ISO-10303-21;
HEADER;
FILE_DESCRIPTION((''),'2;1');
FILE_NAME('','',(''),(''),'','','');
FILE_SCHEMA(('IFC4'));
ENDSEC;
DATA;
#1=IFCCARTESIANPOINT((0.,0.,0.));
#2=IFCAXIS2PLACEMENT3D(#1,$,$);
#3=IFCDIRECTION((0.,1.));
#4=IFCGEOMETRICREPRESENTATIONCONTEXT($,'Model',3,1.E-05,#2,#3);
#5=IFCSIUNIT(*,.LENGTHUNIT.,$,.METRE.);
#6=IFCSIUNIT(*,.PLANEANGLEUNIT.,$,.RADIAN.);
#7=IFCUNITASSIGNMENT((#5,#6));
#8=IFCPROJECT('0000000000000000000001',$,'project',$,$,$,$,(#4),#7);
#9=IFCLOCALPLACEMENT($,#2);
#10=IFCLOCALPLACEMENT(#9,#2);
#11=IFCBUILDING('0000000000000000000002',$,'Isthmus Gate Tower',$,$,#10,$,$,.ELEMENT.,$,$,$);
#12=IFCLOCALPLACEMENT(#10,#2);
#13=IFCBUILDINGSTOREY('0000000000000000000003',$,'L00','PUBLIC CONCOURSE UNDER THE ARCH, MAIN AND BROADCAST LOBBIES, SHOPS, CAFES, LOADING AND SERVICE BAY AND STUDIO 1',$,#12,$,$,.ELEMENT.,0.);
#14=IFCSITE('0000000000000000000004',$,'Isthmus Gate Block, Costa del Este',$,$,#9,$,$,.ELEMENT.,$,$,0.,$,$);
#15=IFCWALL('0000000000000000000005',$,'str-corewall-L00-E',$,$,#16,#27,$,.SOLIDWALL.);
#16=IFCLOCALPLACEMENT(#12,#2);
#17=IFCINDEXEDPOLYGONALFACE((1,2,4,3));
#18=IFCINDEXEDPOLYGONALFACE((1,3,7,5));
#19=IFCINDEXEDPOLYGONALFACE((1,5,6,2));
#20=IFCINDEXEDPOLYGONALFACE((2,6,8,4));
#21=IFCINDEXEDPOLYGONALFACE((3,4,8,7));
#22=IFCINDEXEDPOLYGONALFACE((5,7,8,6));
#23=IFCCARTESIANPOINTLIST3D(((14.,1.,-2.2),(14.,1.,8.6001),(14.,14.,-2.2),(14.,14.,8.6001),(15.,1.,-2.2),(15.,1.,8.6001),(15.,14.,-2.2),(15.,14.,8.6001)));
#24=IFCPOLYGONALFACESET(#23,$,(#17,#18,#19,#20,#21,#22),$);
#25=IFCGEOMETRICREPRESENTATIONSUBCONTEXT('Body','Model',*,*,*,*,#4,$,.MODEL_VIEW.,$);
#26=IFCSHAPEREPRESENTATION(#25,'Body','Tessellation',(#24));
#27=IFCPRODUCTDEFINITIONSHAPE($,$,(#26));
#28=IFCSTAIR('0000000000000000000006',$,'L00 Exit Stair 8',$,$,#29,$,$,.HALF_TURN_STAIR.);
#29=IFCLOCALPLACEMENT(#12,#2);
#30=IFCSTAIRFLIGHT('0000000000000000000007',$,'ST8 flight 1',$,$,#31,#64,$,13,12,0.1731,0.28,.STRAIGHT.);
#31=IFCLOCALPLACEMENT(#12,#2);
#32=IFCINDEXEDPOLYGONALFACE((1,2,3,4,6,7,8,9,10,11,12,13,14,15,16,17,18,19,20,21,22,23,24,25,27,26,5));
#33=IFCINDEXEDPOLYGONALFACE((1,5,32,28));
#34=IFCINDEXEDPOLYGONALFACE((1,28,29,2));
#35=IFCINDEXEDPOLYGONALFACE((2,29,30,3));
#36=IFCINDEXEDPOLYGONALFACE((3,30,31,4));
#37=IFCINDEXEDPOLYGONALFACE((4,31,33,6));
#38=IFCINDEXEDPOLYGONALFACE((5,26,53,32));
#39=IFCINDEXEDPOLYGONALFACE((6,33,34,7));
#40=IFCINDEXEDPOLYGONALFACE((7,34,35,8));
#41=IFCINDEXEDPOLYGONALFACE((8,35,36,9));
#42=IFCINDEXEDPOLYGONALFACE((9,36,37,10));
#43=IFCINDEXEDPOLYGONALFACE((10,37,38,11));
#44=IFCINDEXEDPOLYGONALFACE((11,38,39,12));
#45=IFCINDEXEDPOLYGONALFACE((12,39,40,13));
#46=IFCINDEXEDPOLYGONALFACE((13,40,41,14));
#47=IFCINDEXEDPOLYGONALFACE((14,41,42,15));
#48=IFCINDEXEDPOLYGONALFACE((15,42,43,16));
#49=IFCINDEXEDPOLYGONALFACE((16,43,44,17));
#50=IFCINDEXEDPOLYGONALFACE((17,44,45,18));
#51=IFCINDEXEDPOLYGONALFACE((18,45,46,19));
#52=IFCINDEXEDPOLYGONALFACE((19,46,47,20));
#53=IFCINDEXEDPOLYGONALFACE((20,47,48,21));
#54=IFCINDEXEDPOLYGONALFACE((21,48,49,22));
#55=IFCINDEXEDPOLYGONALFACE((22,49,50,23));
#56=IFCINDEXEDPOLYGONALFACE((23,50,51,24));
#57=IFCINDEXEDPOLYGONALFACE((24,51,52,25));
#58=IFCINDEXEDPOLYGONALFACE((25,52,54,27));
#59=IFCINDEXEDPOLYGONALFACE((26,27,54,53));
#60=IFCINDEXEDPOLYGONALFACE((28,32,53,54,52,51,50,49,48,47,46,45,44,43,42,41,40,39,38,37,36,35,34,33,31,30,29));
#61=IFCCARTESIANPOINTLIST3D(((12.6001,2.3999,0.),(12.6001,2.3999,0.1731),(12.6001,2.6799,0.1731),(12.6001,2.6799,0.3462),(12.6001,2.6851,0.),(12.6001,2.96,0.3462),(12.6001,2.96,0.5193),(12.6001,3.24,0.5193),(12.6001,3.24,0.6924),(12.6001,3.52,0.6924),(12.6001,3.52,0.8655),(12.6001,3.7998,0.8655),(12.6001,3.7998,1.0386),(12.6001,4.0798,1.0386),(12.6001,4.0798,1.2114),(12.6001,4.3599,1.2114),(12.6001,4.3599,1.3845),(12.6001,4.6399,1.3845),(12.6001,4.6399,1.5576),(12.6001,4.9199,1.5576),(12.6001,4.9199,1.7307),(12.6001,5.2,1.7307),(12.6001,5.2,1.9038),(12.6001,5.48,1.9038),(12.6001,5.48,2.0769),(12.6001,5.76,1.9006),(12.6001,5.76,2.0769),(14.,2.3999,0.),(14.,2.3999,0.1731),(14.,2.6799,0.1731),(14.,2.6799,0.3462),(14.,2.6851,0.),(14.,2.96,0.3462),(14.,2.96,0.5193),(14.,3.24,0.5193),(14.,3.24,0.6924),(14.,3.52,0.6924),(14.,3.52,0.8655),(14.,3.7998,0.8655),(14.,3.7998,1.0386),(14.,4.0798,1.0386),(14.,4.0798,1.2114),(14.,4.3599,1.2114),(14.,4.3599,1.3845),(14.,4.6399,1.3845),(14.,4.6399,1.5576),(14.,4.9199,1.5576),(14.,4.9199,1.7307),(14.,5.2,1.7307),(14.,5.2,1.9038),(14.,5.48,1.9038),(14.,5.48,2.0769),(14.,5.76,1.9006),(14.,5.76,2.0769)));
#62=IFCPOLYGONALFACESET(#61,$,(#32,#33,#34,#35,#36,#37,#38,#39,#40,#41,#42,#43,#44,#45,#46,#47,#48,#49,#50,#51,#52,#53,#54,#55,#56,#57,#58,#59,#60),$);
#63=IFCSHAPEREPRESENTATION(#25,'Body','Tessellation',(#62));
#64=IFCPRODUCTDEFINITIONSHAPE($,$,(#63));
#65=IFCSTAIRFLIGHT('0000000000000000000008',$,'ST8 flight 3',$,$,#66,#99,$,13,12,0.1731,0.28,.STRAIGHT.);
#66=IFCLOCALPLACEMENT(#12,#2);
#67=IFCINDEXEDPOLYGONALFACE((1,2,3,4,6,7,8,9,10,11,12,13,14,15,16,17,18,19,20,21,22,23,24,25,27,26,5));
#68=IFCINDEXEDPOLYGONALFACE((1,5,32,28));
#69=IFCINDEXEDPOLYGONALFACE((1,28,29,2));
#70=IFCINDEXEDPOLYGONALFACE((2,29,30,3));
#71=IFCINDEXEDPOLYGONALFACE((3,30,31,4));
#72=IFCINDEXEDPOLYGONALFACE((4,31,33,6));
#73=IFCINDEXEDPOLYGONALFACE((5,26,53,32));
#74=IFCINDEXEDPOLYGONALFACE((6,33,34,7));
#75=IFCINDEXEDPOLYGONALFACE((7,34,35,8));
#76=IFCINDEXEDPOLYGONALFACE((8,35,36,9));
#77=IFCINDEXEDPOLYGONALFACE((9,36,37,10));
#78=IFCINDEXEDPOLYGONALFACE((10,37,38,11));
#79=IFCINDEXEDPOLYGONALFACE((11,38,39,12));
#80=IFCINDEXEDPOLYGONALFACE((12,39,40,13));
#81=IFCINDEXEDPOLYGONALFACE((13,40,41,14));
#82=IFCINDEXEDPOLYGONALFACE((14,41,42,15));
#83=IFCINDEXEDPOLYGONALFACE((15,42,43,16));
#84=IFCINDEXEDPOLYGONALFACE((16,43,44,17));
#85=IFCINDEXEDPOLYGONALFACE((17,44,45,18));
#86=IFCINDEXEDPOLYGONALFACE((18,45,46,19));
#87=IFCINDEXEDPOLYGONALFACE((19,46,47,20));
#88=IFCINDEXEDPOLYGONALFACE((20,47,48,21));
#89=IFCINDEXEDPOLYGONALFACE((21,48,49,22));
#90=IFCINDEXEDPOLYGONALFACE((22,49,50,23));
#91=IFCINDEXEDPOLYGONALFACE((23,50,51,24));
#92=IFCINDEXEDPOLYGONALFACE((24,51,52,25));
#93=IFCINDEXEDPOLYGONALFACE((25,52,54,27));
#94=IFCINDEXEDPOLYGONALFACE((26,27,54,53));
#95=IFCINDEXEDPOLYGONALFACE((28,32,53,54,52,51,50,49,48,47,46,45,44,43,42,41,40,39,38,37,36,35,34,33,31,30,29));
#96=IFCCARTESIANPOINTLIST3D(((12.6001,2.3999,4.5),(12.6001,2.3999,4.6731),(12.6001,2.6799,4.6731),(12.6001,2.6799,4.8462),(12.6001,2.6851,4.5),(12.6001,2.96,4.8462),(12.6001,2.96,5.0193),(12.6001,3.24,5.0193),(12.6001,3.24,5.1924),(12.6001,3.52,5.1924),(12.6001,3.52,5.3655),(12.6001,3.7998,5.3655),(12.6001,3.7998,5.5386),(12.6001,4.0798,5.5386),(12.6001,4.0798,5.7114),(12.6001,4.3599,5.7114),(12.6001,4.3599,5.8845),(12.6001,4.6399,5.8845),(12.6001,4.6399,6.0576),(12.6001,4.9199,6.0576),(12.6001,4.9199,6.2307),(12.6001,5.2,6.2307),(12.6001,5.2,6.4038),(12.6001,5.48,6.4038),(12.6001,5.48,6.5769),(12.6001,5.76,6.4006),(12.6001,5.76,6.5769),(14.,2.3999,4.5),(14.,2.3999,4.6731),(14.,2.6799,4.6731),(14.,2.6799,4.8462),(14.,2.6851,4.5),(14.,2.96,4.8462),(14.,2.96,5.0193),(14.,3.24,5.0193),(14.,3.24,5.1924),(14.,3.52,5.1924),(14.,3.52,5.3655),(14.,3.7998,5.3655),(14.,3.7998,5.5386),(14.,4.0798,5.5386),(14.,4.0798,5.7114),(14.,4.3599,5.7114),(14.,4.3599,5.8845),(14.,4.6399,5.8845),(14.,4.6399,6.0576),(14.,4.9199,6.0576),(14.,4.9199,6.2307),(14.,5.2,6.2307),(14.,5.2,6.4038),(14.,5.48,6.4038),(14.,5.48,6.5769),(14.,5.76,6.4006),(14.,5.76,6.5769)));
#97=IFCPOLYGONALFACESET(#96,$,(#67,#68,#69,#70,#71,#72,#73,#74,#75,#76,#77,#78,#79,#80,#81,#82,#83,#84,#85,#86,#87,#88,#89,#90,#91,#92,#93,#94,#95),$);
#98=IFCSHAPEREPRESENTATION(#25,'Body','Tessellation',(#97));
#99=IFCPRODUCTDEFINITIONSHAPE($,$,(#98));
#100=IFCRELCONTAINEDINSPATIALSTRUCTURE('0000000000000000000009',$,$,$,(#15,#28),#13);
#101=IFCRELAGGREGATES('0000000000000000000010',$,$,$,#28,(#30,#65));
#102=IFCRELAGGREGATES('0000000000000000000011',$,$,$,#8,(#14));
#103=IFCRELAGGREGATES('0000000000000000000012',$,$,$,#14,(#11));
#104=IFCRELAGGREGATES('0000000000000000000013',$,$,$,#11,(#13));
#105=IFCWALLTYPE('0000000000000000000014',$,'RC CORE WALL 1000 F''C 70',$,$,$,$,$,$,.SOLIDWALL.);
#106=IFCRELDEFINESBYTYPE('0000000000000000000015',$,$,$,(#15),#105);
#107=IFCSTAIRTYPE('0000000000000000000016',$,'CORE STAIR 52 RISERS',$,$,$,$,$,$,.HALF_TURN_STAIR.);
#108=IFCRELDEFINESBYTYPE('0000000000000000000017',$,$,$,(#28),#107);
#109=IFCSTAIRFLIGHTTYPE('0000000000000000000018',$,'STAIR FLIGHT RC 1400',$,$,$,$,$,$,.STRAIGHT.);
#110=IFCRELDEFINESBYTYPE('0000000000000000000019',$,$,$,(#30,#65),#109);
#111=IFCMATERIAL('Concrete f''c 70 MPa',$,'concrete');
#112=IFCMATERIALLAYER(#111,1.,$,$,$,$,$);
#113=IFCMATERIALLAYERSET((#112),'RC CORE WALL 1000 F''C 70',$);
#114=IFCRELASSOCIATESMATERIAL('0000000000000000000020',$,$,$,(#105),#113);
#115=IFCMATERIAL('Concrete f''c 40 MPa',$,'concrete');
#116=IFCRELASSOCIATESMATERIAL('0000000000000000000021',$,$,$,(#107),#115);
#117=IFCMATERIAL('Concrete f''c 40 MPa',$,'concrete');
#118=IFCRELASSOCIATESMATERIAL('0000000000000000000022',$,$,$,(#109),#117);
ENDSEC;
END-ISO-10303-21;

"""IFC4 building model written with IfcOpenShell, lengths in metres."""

from ifc_helpers import new_model, si_unit, direction, frame, frame_2d, origin, place, context, subcontext, project, spatial, polyline, rectangle, outline, extrude, material, layer, layer_set, type_object, element, aggregate, save


model = new_model("IFC4")

# Units and contexts
model_context = context("Model", 3, precision=1e-05, world=origin(), true_north=direction((0.0, 1.0)))
body_context = subcontext(model_context, "Body", "Model", "MODEL_VIEW")
ifc_project = project(units=[si_unit("LENGTHUNIT", "METRE"), si_unit("PLANEANGLEUNIT", "RADIAN")], contexts=[model_context])

# Site, building, storey
site_placement = place(None, origin())
site = spatial("IfcSite", under=ifc_project, at=site_placement, Name="Isthmus Gate Block, Costa del Este", CompositionType="ELEMENT", RefElevation=0.0)
building_placement = place(site_placement, origin())
building = spatial("IfcBuilding", under=site, at=building_placement, Name="Isthmus Gate Tower", CompositionType="ELEMENT")
storey_placement = place(building_placement, origin())
storey = spatial("IfcBuildingStorey", under=building, at=storey_placement, Name="L00", Description="PUBLIC CONCOURSE UNDER THE ARCH, MAIN AND BROADCAST LOBBIES, SHOPS, CAFES, LOADING AND SERVICE BAY AND STUDIO 1", CompositionType="ELEMENT", Elevation=0.0)

# Wall
ifc_material_1 = material(Name="Concrete f'c 70 MPa", Category="concrete")
ifc_layer_1 = layer(ifc_material_1, 1.0)
ifc_layer_set_1 = layer_set([ifc_layer_1], Name="RC CORE WALL 1000 F'C 70")
wall_type_1 = type_object("IfcWallType", Name="RC CORE WALL 1000 F'C 70", PredefinedType="SOLIDWALL", material=ifc_layer_set_1)
wall_1_placement = place(storey_placement, frame((14.5, 1.0, -2.2), z_axis=(0.0, 0.0, 1.0), x_axis=(0.0, 1.0, 0.0)))
element("IfcWall", 1, at=wall_1_placement, inside=storey, type_object=wall_type_1, Name="str-corewall-L00-E", PredefinedType="SOLIDWALL", context=body_context, shape_type="SweptSolid", body=[
    extrude(rectangle(XDim=13.0, YDim=1.0, at=frame_2d((6.5, 0.0))), origin(), (0.0, 0.0, 1.0), 10.8),
])

# Stair, stair flights
ifc_material_2 = material(Name="Concrete f'c 40 MPa", Category="concrete")
stair_type = type_object("IfcStairType", Name="CORE STAIR 52 RISERS", PredefinedType="HALF_TURN_STAIR", material=ifc_material_2)
stair_placement = place(storey_placement, origin())
stair = element("IfcStair", 2, at=stair_placement, inside=storey, type_object=stair_type, Name="L00 Exit Stair 8", PredefinedType="HALF_TURN_STAIR")
ifc_material_3 = material(Name="Concrete f'c 40 MPa", Category="concrete")
stair_flight_type = type_object("IfcStairFlightType", Name="STAIR FLIGHT RC 1400", PredefinedType="STRAIGHT", material=ifc_material_3)
stair_flight_1_placement = place(storey_placement, frame((13.3, 2.3999, 0.0), z_axis=(0.0, 0.0, 1.0), x_axis=(0.0, 1.0, 0.0)))
stair_flight_1 = element("IfcStairFlight", 3, at=stair_flight_1_placement, type_object=stair_flight_type, Name="ST8 flight 1", NumberOfRisers=13, NumberOfTreads=12, PredefinedType="STRAIGHT", RiserHeight=0.1731, TreadLength=0.28, context=body_context, shape_type="SweptSolid", body=[
    extrude(outline(polyline([(0.0, 0.0), (0.0, 0.1731), (0.28, 0.1731), (0.28, 0.3462), (0.5601, 0.3462), (0.5601, 0.5193), (0.8401, 0.5193), (0.8401, 0.6924), (1.1201, 0.6924), (1.1201, 0.8655), (1.3999, 0.8655), (1.3999, 1.0386), (1.6799, 1.0386), (1.6799, 1.2114), (1.96, 1.2114), (1.96, 1.3845), (2.24, 1.3845), (2.24, 1.5576), (2.52, 1.5576), (2.52, 1.7307), (2.8, 1.7307), (2.8, 1.9038), (3.0801, 1.9038), (3.0801, 2.0769), (3.3601, 2.0769), (3.3601, 2.25), (3.3601, 1.9006), (0.2852, 0.0), (0.0, 0.0)])), frame((0.0, 0.7, 0.0), z_axis=(0.0, -1.0, 0.0), x_axis=(1.0, 0.0, 0.0)), (0.0, 0.0, 1.0), 1.3999),
])
stair_flight_2_placement = place(storey_placement, frame((13.3, 2.3999, 4.5), z_axis=(0.0, 0.0, 1.0), x_axis=(0.0, 1.0, 0.0)))
stair_flight_2 = element("IfcStairFlight", 4, at=stair_flight_2_placement, type_object=stair_flight_type, Name="ST8 flight 3", NumberOfRisers=13, NumberOfTreads=12, PredefinedType="STRAIGHT", RiserHeight=0.1731, TreadLength=0.28, context=body_context, shape_type="SweptSolid", body=[
    extrude(outline(polyline([(0.0, 0.0), (0.0, 0.1731), (0.28, 0.1731), (0.28, 0.3462), (0.5601, 0.3462), (0.5601, 0.5193), (0.8401, 0.5193), (0.8401, 0.6924), (1.1201, 0.6924), (1.1201, 0.8655), (1.3999, 0.8655), (1.3999, 1.0386), (1.6799, 1.0386), (1.6799, 1.2114), (1.96, 1.2114), (1.96, 1.3845), (2.24, 1.3845), (2.24, 1.5576), (2.52, 1.5576), (2.52, 1.7307), (2.8, 1.7307), (2.8, 1.9038), (3.0801, 1.9038), (3.0801, 2.0769), (3.3601, 2.0769), (3.3601, 2.25), (3.3601, 1.9006), (0.2852, 0.0), (0.0, 0.0)])), frame((0.0, 0.7, 0.0), z_axis=(0.0, -1.0, 0.0), x_axis=(1.0, 0.0, 0.0)), (0.0, 0.0, 1.0), 1.3999),
])
aggregate(stair, [stair_flight_1, stair_flight_2])

save(model, "model.ifc")
